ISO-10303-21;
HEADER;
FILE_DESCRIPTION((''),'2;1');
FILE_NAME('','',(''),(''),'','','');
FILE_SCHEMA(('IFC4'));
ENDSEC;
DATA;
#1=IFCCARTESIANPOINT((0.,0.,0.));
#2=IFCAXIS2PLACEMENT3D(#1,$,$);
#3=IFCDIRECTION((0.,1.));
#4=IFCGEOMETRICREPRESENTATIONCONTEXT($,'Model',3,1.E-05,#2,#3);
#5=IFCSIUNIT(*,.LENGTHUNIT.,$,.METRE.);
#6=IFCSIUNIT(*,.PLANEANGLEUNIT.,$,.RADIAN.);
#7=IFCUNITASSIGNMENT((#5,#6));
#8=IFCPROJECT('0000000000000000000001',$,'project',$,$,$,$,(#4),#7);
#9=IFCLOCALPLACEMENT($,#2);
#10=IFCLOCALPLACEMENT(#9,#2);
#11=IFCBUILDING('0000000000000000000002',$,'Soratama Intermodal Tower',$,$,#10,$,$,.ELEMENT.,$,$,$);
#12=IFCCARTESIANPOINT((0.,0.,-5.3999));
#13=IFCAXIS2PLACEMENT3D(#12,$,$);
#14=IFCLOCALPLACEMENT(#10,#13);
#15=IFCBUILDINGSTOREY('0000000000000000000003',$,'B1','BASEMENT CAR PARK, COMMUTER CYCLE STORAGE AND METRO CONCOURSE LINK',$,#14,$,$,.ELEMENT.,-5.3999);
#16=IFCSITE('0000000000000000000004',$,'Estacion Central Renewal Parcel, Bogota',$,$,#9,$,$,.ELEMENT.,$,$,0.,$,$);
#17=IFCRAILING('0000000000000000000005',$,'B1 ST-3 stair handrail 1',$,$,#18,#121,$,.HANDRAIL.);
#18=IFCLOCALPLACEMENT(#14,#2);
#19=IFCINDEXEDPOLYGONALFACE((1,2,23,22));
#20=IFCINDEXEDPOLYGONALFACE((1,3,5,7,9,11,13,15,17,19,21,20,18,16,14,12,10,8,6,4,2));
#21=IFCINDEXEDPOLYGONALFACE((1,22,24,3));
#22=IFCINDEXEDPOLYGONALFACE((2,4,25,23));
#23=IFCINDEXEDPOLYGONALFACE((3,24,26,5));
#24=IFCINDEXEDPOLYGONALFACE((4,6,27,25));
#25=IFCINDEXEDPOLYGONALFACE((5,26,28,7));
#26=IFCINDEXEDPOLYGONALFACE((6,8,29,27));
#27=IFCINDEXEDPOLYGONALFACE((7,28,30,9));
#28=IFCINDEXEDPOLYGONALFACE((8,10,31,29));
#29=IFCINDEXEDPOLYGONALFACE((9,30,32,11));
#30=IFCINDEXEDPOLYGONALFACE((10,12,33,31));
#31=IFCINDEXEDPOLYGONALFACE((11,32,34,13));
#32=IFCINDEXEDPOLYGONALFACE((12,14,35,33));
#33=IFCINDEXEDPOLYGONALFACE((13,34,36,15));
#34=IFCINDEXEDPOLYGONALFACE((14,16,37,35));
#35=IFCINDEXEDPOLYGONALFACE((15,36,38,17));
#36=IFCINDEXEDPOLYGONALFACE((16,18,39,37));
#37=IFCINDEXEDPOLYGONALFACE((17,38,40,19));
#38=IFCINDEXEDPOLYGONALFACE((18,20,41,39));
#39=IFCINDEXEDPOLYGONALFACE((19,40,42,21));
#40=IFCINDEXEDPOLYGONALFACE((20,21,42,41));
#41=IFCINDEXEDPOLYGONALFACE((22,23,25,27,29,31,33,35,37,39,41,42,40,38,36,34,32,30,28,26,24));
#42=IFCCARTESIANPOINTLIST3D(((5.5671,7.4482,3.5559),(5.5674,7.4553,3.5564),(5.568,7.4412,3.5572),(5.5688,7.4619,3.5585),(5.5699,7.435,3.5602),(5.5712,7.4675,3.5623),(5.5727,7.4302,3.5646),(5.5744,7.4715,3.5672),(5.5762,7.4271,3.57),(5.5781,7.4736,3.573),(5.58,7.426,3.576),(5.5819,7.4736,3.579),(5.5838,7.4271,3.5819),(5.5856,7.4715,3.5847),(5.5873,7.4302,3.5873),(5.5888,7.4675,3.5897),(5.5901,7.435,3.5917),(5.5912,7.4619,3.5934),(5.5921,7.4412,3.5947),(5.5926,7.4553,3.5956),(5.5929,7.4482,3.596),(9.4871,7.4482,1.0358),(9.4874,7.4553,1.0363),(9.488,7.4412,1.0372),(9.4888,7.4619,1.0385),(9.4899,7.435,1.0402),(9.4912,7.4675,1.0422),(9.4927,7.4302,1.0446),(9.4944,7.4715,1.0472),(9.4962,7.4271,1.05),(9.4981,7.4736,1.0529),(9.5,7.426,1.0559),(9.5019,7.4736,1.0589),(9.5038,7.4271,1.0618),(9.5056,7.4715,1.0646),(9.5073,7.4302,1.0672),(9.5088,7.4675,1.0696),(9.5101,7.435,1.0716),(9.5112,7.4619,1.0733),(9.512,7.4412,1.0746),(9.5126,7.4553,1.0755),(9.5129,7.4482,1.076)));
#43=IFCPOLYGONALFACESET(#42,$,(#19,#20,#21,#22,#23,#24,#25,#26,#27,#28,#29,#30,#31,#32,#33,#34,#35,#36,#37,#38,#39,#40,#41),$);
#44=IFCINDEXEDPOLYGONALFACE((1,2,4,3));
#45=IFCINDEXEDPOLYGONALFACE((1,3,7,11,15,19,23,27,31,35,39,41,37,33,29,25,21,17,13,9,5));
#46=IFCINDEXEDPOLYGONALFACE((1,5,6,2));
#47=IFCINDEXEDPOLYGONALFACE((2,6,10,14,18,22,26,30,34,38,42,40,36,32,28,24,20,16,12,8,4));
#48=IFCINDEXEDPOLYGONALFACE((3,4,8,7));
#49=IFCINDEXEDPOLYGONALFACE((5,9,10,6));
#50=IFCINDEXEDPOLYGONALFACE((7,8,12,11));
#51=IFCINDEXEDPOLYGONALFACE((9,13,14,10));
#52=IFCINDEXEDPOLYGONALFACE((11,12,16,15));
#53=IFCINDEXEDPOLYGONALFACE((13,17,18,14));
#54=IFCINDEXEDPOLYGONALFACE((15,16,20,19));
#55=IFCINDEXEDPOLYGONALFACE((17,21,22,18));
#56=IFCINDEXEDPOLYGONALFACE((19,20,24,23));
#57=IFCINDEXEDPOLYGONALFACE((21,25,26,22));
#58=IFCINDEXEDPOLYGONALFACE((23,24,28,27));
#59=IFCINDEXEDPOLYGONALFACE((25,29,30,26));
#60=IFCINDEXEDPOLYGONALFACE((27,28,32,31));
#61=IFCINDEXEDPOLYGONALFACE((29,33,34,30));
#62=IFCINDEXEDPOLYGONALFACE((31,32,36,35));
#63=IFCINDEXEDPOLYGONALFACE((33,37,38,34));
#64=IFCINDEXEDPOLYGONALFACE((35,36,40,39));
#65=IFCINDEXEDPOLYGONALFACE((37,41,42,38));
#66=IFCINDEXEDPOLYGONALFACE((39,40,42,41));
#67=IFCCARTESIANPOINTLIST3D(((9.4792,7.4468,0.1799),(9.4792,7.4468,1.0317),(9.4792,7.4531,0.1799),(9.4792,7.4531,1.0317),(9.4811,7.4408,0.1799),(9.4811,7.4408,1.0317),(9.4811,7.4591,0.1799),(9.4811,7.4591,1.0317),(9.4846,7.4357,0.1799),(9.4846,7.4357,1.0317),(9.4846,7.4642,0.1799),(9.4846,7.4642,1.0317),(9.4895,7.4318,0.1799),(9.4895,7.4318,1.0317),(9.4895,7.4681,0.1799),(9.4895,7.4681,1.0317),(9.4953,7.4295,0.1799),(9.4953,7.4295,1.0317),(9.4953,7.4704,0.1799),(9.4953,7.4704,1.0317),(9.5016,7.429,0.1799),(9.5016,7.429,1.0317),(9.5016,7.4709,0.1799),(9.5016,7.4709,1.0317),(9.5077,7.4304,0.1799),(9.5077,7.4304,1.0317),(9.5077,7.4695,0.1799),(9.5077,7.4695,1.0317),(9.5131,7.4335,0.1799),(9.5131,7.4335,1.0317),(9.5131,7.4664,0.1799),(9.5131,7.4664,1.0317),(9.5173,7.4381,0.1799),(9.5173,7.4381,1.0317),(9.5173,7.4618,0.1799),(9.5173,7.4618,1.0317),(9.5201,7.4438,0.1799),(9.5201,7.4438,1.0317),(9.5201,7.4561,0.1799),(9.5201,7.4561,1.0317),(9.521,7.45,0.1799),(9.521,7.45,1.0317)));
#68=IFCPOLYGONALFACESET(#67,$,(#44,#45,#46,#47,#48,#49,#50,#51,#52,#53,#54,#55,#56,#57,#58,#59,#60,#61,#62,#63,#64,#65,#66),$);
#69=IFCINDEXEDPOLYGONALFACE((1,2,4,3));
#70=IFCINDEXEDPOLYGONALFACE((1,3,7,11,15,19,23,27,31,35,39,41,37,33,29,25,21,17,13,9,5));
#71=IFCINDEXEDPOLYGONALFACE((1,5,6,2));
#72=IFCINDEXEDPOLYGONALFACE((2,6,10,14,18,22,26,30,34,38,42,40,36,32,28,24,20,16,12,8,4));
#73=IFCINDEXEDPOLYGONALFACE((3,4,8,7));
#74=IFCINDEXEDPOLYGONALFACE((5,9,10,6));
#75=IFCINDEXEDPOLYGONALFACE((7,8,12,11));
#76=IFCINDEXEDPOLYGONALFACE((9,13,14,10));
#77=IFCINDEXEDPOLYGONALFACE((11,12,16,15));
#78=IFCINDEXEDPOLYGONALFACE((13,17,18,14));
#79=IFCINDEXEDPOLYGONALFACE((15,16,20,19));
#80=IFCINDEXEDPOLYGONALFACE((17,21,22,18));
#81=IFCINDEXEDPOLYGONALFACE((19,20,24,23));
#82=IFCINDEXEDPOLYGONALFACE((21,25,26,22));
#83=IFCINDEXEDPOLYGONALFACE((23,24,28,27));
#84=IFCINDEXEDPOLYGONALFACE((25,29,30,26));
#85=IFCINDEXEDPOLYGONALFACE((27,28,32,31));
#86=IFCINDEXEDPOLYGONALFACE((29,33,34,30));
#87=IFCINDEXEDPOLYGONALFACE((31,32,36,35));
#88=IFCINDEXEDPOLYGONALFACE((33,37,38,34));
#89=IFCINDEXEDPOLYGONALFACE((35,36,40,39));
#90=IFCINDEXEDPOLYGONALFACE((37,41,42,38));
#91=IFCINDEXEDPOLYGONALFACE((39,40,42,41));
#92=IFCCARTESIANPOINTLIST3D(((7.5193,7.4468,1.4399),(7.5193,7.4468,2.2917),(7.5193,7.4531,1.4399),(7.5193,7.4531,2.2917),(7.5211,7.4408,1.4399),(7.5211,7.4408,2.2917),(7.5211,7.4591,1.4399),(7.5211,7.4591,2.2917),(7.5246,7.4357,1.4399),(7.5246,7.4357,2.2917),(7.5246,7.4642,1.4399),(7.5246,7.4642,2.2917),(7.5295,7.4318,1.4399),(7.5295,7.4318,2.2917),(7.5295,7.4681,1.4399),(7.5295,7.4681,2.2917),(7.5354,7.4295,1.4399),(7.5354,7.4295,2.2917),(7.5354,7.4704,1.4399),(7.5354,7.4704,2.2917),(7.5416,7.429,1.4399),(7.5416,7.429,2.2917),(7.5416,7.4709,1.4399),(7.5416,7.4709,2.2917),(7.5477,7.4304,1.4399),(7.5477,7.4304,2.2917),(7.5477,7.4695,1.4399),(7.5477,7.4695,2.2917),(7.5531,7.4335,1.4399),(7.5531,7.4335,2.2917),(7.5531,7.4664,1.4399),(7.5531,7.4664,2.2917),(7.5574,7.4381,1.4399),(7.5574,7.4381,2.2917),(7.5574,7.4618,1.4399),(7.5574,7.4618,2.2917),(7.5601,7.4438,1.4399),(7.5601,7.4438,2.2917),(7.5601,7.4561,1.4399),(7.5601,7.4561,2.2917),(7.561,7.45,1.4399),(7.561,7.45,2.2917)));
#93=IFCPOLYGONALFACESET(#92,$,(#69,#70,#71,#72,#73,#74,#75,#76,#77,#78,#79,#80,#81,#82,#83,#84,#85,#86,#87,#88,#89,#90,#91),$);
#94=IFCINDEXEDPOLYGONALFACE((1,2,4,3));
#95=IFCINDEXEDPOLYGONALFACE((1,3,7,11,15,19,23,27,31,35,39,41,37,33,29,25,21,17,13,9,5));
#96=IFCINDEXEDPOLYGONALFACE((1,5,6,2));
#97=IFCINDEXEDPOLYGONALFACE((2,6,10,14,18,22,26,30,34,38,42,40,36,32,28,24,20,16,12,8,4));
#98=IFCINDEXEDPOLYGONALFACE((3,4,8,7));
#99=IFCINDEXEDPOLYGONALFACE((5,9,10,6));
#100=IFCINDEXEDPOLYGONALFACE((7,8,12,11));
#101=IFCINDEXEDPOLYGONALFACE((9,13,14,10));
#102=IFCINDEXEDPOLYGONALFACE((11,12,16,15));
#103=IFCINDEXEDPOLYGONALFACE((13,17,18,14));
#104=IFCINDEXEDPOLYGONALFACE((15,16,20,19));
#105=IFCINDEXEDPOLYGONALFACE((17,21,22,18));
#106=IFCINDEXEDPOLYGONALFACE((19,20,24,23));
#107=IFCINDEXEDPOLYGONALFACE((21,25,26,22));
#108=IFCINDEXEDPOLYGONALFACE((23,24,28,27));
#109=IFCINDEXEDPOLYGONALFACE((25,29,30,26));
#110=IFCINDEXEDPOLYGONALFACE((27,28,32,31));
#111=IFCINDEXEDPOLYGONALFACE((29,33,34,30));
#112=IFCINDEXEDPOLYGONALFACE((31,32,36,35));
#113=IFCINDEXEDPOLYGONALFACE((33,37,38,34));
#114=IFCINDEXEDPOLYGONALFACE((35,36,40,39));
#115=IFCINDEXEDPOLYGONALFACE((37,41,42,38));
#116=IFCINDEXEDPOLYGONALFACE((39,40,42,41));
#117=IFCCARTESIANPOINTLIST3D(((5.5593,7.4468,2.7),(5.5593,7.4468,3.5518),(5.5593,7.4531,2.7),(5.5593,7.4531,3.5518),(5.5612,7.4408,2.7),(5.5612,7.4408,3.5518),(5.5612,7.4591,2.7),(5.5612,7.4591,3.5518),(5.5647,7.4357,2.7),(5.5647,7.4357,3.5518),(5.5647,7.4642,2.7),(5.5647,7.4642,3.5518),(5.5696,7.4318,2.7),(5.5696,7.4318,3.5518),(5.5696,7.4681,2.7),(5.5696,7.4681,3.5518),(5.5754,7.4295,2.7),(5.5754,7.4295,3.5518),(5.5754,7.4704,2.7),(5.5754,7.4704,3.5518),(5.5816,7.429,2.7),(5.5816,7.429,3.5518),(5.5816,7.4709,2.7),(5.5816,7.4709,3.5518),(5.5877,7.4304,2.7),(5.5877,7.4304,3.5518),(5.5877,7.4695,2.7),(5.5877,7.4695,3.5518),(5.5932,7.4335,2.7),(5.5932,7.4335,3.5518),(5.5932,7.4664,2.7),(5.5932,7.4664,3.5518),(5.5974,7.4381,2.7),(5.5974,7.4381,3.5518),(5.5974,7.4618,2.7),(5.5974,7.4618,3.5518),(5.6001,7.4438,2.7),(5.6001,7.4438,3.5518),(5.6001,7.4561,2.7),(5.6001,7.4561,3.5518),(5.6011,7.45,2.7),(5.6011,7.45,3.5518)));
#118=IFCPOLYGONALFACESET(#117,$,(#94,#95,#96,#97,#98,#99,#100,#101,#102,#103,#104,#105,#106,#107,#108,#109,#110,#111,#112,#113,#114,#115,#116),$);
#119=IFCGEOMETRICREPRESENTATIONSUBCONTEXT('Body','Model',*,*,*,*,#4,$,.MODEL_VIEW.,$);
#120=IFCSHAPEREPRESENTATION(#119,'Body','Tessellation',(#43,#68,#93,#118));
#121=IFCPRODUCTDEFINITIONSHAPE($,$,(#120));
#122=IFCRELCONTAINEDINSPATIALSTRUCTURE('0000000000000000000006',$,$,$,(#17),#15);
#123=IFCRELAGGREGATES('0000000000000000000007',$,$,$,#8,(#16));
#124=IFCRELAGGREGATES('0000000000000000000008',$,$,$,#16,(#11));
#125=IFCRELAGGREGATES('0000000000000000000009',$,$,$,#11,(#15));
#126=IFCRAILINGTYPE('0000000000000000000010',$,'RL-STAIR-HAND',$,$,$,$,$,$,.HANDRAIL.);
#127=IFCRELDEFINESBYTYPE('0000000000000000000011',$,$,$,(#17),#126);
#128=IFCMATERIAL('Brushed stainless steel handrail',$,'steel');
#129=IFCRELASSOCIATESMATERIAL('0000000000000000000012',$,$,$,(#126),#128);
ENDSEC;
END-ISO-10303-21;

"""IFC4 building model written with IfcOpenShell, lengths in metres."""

from ifc_helpers import new_model, si_unit, direction, frame, origin, origin_2d, place, context, subcontext, project, spatial, circle, extrude, material, type_object, element, save


model = new_model("IFC4")

# Units and contexts
model_context = context("Model", 3, precision=1e-05, world=origin(), true_north=direction((0.0, 1.0)))
body_context = subcontext(model_context, "Body", "Model", "MODEL_VIEW")
ifc_project = project(units=[si_unit("LENGTHUNIT", "METRE"), si_unit("PLANEANGLEUNIT", "RADIAN")], contexts=[model_context])

# Site, building, storey
site_placement = place(None, origin())
site = spatial("IfcSite", under=ifc_project, at=site_placement, Name="Estacion Central Renewal Parcel, Bogota", CompositionType="ELEMENT", RefElevation=0.0)
building_placement = place(site_placement, origin())
building = spatial("IfcBuilding", under=site, at=building_placement, Name="Soratama Intermodal Tower", CompositionType="ELEMENT")
storey_placement = place(building_placement, frame((0.0, 0.0, -5.3999)))
storey = spatial("IfcBuildingStorey", under=building, at=storey_placement, Name="B1", Description="BASEMENT CAR PARK, COMMUTER CYCLE STORAGE AND METRO CONCOURSE LINK", CompositionType="ELEMENT", Elevation=-5.3999)

# Railing
ifc_material_1 = material(Name="Brushed stainless steel handrail", Category="steel")
railing_type_1 = type_object("IfcRailingType", Name="RL-STAIR-HAND", PredefinedType="HANDRAIL", material=ifc_material_1)
railing_1_placement = place(storey_placement, frame((9.5, 7.45, 0.1799)))
element("IfcRailing", 1, at=railing_1_placement, inside=storey, type_object=railing_type_1, Name="B1 ST-3 stair handrail 1", PredefinedType="HANDRAIL", context=body_context, shape_type="SweptSolid", body=[
    extrude(circle(Radius=0.0239, at=origin_2d()), frame((0.0, 0.0, 0.876), z_axis=(-0.841172, 0.0, 0.540768), x_axis=(0.0, -1.0, 0.0)), (0.0, 0.0, 1.0), 4.6602),
    extrude(circle(Radius=0.021, at=origin_2d()), origin(), (0.0, 0.0, 1.0), 0.8518),
    extrude(circle(Radius=0.021, at=origin_2d()), frame((-1.96, 0.0, 1.26)), (0.0, 0.0, 1.0), 0.8518),
    extrude(circle(Radius=0.021, at=origin_2d()), frame((-3.9199, 0.0, 2.52)), (0.0, 0.0, 1.0), 0.8518),
])

save(model, "model.ifc")
